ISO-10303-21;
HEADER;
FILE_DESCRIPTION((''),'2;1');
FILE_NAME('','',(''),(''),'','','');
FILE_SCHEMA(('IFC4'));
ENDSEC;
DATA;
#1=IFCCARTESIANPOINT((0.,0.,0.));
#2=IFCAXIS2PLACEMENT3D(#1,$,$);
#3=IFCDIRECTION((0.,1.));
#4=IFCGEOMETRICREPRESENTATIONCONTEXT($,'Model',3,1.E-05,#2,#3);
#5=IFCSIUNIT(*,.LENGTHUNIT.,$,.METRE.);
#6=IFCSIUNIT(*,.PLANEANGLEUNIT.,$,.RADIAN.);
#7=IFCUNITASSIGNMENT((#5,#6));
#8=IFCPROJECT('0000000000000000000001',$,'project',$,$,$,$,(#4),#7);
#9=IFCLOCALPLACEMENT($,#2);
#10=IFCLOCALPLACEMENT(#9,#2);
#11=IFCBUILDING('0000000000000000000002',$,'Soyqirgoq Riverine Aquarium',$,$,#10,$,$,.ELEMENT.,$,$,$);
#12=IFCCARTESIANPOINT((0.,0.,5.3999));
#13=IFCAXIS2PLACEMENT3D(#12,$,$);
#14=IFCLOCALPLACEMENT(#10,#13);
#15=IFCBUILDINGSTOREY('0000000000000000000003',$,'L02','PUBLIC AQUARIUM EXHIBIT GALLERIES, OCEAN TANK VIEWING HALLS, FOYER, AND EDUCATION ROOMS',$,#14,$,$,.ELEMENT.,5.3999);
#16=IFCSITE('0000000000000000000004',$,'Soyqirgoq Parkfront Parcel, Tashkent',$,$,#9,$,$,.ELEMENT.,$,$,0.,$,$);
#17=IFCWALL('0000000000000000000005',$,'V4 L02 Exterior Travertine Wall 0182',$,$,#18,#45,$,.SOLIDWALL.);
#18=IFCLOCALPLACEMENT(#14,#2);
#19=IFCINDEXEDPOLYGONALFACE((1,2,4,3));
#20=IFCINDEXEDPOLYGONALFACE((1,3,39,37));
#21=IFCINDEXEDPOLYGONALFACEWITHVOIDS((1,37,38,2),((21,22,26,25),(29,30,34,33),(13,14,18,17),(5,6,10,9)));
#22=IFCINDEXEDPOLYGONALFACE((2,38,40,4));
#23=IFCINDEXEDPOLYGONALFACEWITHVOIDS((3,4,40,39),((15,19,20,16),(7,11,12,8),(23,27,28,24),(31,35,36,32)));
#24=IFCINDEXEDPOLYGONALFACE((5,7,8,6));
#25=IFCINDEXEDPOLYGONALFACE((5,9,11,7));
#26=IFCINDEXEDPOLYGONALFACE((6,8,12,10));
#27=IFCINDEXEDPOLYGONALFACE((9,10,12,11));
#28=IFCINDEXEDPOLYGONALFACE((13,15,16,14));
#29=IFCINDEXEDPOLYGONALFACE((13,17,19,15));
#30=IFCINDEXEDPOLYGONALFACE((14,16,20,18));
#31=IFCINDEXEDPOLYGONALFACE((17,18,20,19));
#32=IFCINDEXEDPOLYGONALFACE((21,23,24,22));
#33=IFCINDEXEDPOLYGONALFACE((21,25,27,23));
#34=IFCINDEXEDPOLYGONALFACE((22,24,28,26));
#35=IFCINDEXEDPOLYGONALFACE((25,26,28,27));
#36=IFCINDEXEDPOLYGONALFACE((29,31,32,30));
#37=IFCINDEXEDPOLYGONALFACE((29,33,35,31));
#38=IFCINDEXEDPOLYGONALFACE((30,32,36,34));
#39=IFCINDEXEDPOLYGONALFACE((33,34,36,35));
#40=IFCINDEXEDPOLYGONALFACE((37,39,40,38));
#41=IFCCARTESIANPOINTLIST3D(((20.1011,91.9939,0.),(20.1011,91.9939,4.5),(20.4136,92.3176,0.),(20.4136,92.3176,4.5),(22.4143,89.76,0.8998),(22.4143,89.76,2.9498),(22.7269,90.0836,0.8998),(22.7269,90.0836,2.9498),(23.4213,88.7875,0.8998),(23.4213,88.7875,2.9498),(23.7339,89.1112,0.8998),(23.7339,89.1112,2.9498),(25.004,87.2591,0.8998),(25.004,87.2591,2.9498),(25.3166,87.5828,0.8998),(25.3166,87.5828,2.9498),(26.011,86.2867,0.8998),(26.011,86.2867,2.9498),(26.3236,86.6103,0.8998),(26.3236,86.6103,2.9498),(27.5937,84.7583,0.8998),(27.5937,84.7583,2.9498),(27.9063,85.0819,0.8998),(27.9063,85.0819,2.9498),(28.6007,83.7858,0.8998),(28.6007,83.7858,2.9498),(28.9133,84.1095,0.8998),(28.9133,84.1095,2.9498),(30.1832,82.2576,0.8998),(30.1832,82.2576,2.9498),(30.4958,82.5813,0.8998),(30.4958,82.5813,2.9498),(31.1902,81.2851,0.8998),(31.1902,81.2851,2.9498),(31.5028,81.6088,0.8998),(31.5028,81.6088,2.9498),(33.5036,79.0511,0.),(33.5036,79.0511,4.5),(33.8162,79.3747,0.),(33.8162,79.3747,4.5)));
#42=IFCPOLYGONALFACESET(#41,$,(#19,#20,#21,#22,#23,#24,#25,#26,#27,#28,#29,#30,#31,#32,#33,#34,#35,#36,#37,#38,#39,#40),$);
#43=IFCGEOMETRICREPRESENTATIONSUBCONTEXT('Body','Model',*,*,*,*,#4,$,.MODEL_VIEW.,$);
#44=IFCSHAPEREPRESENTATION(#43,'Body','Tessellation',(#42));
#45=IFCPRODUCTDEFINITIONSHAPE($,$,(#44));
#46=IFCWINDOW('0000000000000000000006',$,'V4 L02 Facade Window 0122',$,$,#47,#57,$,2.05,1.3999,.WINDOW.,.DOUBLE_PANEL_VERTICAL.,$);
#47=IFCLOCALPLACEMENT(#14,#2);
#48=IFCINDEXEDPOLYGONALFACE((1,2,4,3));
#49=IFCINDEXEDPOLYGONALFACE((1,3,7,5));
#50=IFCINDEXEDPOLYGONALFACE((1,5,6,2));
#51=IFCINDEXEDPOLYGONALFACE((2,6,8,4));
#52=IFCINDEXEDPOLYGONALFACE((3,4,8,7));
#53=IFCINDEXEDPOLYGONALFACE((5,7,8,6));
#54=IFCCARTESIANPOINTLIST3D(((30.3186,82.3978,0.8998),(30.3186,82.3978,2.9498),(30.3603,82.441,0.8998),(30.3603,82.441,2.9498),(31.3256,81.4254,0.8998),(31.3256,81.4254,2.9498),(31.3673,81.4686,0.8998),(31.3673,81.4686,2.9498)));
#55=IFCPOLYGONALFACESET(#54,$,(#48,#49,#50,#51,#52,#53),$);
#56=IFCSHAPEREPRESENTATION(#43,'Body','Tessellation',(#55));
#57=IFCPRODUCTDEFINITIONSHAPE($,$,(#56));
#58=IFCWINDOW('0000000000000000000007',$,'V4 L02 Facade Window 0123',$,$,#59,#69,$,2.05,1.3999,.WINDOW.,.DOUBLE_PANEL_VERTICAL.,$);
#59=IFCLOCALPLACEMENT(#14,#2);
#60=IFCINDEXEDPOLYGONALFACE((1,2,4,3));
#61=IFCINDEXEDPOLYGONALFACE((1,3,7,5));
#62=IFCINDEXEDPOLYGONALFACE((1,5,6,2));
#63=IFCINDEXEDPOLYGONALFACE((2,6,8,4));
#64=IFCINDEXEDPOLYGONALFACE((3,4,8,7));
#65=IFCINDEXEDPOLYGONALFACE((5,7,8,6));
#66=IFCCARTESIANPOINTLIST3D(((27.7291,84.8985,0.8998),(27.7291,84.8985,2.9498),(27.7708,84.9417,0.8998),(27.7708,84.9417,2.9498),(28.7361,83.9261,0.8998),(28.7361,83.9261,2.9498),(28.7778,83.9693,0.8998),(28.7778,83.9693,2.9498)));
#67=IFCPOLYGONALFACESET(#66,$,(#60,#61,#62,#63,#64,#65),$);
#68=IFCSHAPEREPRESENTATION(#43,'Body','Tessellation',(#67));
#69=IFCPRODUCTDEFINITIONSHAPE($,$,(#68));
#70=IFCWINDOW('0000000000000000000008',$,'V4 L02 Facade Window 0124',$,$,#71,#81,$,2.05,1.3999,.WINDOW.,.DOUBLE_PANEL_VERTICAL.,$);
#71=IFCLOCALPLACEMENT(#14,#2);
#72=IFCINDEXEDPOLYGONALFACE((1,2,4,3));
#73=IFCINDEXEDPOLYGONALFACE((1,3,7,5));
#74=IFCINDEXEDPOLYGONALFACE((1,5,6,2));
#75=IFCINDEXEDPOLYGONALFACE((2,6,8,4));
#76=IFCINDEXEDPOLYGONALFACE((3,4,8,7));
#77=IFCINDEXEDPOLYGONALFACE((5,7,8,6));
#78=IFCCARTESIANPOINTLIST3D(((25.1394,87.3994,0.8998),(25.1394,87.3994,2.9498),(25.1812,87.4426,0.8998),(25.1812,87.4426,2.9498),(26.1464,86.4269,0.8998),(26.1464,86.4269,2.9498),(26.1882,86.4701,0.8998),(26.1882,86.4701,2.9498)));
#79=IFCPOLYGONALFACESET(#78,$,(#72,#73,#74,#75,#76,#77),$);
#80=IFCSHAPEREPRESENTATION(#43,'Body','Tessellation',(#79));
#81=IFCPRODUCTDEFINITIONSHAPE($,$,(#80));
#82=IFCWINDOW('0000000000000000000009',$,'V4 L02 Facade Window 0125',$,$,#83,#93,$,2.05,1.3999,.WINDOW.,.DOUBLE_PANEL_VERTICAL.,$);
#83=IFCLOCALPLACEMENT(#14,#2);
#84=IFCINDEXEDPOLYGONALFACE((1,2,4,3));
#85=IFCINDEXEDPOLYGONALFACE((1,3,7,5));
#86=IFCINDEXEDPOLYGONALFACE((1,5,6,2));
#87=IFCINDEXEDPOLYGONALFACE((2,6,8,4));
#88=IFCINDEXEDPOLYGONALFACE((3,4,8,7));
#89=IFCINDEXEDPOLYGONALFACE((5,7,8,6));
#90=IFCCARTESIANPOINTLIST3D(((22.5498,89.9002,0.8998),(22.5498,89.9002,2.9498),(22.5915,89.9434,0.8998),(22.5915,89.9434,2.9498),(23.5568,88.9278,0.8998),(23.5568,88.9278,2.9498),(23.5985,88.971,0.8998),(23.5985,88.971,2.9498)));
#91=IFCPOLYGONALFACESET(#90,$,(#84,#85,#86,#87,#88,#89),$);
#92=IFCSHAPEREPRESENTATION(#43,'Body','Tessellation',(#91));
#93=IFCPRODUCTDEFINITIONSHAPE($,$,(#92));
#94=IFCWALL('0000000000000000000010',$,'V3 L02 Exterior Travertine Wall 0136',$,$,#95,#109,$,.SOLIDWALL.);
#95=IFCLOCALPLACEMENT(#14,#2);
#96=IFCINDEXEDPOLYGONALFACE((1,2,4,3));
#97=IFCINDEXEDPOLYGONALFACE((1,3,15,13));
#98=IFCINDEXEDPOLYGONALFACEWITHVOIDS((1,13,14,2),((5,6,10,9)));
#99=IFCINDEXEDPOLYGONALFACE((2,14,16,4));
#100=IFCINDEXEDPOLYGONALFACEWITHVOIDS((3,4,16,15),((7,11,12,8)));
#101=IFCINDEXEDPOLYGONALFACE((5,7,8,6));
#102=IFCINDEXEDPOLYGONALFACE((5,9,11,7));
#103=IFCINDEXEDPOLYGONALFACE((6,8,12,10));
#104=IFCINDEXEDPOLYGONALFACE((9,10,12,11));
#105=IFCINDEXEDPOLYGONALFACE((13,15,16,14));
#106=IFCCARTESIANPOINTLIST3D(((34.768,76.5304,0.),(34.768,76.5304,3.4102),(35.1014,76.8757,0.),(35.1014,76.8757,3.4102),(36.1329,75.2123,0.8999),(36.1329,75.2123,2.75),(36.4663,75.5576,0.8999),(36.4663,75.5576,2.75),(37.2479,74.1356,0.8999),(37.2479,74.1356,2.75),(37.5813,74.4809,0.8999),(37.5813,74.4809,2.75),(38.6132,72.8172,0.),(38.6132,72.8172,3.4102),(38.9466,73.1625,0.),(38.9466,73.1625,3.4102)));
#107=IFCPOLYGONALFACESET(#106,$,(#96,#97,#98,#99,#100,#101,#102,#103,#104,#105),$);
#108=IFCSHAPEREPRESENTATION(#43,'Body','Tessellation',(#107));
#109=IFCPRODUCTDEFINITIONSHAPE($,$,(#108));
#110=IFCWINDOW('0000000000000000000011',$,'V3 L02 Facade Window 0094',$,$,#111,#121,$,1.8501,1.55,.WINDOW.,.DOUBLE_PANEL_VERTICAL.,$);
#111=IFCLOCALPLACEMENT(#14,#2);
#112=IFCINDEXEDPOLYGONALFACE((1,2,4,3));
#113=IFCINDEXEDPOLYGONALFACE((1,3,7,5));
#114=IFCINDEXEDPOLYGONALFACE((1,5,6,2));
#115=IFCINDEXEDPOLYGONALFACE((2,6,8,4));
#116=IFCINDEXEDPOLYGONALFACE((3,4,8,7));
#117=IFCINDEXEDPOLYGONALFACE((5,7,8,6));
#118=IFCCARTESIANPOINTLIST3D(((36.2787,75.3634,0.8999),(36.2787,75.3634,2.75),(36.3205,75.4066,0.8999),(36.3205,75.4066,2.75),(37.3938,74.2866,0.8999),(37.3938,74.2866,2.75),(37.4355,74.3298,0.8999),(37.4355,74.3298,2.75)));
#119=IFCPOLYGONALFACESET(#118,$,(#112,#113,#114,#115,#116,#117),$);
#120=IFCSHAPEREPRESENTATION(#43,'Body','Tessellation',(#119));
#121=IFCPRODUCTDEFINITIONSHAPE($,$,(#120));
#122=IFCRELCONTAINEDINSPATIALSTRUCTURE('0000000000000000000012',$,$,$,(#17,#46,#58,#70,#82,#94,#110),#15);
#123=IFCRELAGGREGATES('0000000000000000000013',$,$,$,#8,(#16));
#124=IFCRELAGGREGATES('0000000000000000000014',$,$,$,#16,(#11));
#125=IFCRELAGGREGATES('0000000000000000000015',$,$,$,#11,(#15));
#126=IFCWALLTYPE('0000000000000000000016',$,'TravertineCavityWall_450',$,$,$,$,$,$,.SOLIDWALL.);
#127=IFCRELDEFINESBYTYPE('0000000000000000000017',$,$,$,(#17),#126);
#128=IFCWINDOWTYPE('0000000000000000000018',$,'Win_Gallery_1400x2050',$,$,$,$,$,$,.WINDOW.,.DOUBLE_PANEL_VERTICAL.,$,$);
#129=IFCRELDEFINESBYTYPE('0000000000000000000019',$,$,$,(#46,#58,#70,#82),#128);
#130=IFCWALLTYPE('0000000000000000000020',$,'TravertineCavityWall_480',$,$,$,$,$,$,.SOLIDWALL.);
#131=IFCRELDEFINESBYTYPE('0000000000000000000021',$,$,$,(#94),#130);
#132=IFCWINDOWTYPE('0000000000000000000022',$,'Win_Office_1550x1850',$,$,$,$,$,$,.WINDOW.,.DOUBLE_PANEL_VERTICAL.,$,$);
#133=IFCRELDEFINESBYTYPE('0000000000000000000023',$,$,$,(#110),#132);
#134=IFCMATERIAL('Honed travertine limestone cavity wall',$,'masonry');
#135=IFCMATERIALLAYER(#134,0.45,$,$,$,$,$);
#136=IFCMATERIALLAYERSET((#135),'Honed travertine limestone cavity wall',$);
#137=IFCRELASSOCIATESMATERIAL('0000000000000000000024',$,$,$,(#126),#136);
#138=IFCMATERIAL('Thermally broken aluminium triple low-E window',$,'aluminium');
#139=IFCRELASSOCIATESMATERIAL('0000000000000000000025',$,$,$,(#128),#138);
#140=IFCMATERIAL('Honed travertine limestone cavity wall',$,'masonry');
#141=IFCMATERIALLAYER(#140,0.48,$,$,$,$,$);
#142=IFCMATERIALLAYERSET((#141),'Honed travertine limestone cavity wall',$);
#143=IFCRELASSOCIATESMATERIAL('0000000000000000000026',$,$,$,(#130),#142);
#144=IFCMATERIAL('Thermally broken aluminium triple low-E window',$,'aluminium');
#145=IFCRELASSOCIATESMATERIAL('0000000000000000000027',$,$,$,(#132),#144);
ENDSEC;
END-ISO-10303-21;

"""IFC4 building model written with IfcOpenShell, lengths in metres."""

from ifc_helpers import new_model, si_unit, direction, frame, frame_2d, origin, place, context, subcontext, project, spatial, rectangle, extrude, material, layer, layer_set, type_object, element, fill, save


model = new_model("IFC4")

# Units and contexts
model_context = context("Model", 3, precision=1e-05, world=origin(), true_north=direction((0.0, 1.0)))
body_context = subcontext(model_context, "Body", "Model", "MODEL_VIEW")
ifc_project = project(units=[si_unit("LENGTHUNIT", "METRE"), si_unit("PLANEANGLEUNIT", "RADIAN")], contexts=[model_context])

# Site, building, storey
site_placement = place(None, origin())
site = spatial("IfcSite", under=ifc_project, at=site_placement, Name="Soyqirgoq Parkfront Parcel, Tashkent", CompositionType="ELEMENT", RefElevation=0.0)
building_placement = place(site_placement, origin())
building = spatial("IfcBuilding", under=site, at=building_placement, Name="Soyqirgoq Riverine Aquarium", CompositionType="ELEMENT")
storey_placement = place(building_placement, frame((0.0, 0.0, 5.3999)))
storey = spatial("IfcBuildingStorey", under=building, at=storey_placement, Name="L02", Description="PUBLIC AQUARIUM EXHIBIT GALLERIES, OCEAN TANK VIEWING HALLS, FOYER, AND EDUCATION ROOMS", CompositionType="ELEMENT", Elevation=5.3999)

# Wall, openings, windows
ifc_material_1 = material(Name="Honed travertine limestone cavity wall", Category="masonry")
ifc_layer_1 = layer(ifc_material_1, 0.45)
ifc_layer_set_1 = layer_set([ifc_layer_1], Name="Honed travertine limestone cavity wall")
wall_type_1 = type_object("IfcWallType", Name="TravertineCavityWall_450", PredefinedType="SOLIDWALL", material=ifc_layer_set_1)
wall_1_placement = place(storey_placement, frame((33.6599, 79.2129, 0.0), z_axis=(0.0, 0.0, 1.0), x_axis=(-0.719336, 0.694662, 0.0)))
wall_1 = element("IfcWall", 1, at=wall_1_placement, inside=storey, type_object=wall_type_1, Name="V4 L02 Exterior Travertine Wall 0182", PredefinedType="SOLIDWALL", context=body_context, shape_type="SweptSolid", body=[
    extrude(rectangle(XDim=18.6318, YDim=0.45, at=frame_2d((9.3159, 0.0))), origin(), (0.0, 0.0, 1.0), 4.5),
])
opening_1_placement = place(wall_1_placement, frame((3.2161, 0.0, 0.8999)))
opening_1 = element("IfcOpeningElement", 2, at=opening_1_placement, cuts=wall_1, PredefinedType="OPENING", context=body_context, shape_type="SweptSolid", body=[
    extrude(rectangle(XDim=1.3999, YDim=2.05, at=frame_2d((0.7, 1.0249))), frame((0.0, 0.2349, 0.0), z_axis=(0.0, -1.0, 0.0), x_axis=(1.0, 0.0, 0.0)), (0.0, 0.0, 1.0), 0.47),
])
opening_2_placement = place(wall_1_placement, frame((6.8159, 0.0, 0.8999)))
opening_2 = element("IfcOpeningElement", 3, at=opening_2_placement, cuts=wall_1, PredefinedType="OPENING", context=body_context, shape_type="SweptSolid", body=[
    extrude(rectangle(XDim=1.3999, YDim=2.05, at=frame_2d((0.7, 1.0249))), frame((0.0, 0.2349, 0.0), z_axis=(0.0, -1.0, 0.0), x_axis=(1.0, 0.0, 0.0)), (0.0, 0.0, 1.0), 0.47),
])
opening_3_placement = place(wall_1_placement, frame((10.416, 0.0, 0.8999)))
opening_3 = element("IfcOpeningElement", 4, at=opening_3_placement, cuts=wall_1, PredefinedType="OPENING", context=body_context, shape_type="SweptSolid", body=[
    extrude(rectangle(XDim=1.3999, YDim=2.05, at=frame_2d((0.7, 1.0249))), frame((0.0, 0.2349, 0.0), z_axis=(0.0, -1.0, 0.0), x_axis=(1.0, 0.0, 0.0)), (0.0, 0.0, 1.0), 0.47),
])
opening_4_placement = place(wall_1_placement, frame((14.0161, 0.0, 0.8999)))
opening_4 = element("IfcOpeningElement", 5, at=opening_4_placement, cuts=wall_1, PredefinedType="OPENING", context=body_context, shape_type="SweptSolid", body=[
    extrude(rectangle(XDim=1.3999, YDim=2.05, at=frame_2d((0.7, 1.0249))), frame((0.0, 0.2349, 0.0), z_axis=(0.0, -1.0, 0.0), x_axis=(1.0, 0.0, 0.0)), (0.0, 0.0, 1.0), 0.47),
])
ifc_material_2 = material(Name="Thermally broken aluminium triple low-E window", Category="aluminium")
window_type_1 = type_object("IfcWindowType", Name="Win_Gallery_1400x2050", PartitioningType="DOUBLE_PANEL_VERTICAL", PredefinedType="WINDOW", material=ifc_material_2)
window_1_placement = place(opening_1_placement, origin())
window_1 = element("IfcWindow", 6, at=window_1_placement, inside=storey, type_object=window_type_1, Name="V4 L02 Facade Window 0122", OverallHeight=2.05, OverallWidth=1.3999, PartitioningType="DOUBLE_PANEL_VERTICAL", PredefinedType="WINDOW", context=body_context, shape_type="SweptSolid", body=[
    extrude(rectangle(XDim=1.3999, YDim=2.05, at=frame_2d((0.7, 1.0249))), frame((0.0, 0.03, 0.0), z_axis=(0.0, -1.0, 0.0), x_axis=(1.0, 0.0, 0.0)), (0.0, 0.0, 1.0), 0.0601),
])
fill(opening_1, window_1)
window_2_placement = place(opening_2_placement, origin())
window_2 = element("IfcWindow", 7, at=window_2_placement, inside=storey, type_object=window_type_1, Name="V4 L02 Facade Window 0123", OverallHeight=2.05, OverallWidth=1.3999, PartitioningType="DOUBLE_PANEL_VERTICAL", PredefinedType="WINDOW", context=body_context, shape_type="SweptSolid", body=[
    extrude(rectangle(XDim=1.3999, YDim=2.05, at=frame_2d((0.7, 1.0249))), frame((0.0, 0.03, 0.0), z_axis=(0.0, -1.0, 0.0), x_axis=(1.0, 0.0, 0.0)), (0.0, 0.0, 1.0), 0.0601),
])
fill(opening_2, window_2)
window_3_placement = place(opening_3_placement, origin())
window_3 = element("IfcWindow", 8, at=window_3_placement, inside=storey, type_object=window_type_1, Name="V4 L02 Facade Window 0124", OverallHeight=2.05, OverallWidth=1.3999, PartitioningType="DOUBLE_PANEL_VERTICAL", PredefinedType="WINDOW", context=body_context, shape_type="SweptSolid", body=[
    extrude(rectangle(XDim=1.3999, YDim=2.05, at=frame_2d((0.7, 1.0249))), frame((0.0, 0.03, 0.0), z_axis=(0.0, -1.0, 0.0), x_axis=(1.0, 0.0, 0.0)), (0.0, 0.0, 1.0), 0.0601),
])
fill(opening_3, window_3)
window_4_placement = place(opening_4_placement, origin())
window_4 = element("IfcWindow", 9, at=window_4_placement, inside=storey, type_object=window_type_1, Name="V4 L02 Facade Window 0125", OverallHeight=2.05, OverallWidth=1.3999, PartitioningType="DOUBLE_PANEL_VERTICAL", PredefinedType="WINDOW", context=body_context, shape_type="SweptSolid", body=[
    extrude(rectangle(XDim=1.3999, YDim=2.05, at=frame_2d((0.7, 1.0249))), frame((0.0, 0.03, 0.0), z_axis=(0.0, -1.0, 0.0), x_axis=(1.0, 0.0, 0.0)), (0.0, 0.0, 1.0), 0.0601),
])
fill(opening_4, window_4)

# Wall, opening, window
ifc_material_3 = material(Name="Honed travertine limestone cavity wall", Category="masonry")
ifc_layer_2 = layer(ifc_material_3, 0.48)
ifc_layer_set_2 = layer_set([ifc_layer_2], Name="Honed travertine limestone cavity wall")
wall_type_2 = type_object("IfcWallType", Name="TravertineCavityWall_480", PredefinedType="SOLIDWALL", material=ifc_layer_set_2)
wall_2_placement = place(storey_placement, frame((34.9346, 76.7031, 0.0), z_axis=(0.0, 0.0, 1.0), x_axis=(0.719353, -0.694644, 0.0)))
wall_2 = element("IfcWall", 10, at=wall_2_placement, inside=storey, type_object=wall_type_2, Name="V3 L02 Exterior Travertine Wall 0136", PredefinedType="SOLIDWALL", context=body_context, shape_type="SweptSolid", body=[
    extrude(rectangle(XDim=5.3455, YDim=0.48, at=frame_2d((2.6729, 0.0))), origin(), (0.0, 0.0, 1.0), 3.4102),
])
opening_5_placement = place(wall_2_placement, frame((1.8977, 0.0, 0.8999)))
opening_5 = element("IfcOpeningElement", 11, at=opening_5_placement, cuts=wall_2, PredefinedType="OPENING", context=body_context, shape_type="SweptSolid", body=[
    extrude(rectangle(XDim=1.55, YDim=1.8501, at=frame_2d((0.7749, 0.925))), frame((0.0, 0.25, 0.0), z_axis=(0.0, -1.0, 0.0), x_axis=(1.0, 0.0, 0.0)), (0.0, 0.0, 1.0), 0.5),
])
ifc_material_4 = material(Name="Thermally broken aluminium triple low-E window", Category="aluminium")
window_type_2 = type_object("IfcWindowType", Name="Win_Office_1550x1850", PartitioningType="DOUBLE_PANEL_VERTICAL", PredefinedType="WINDOW", material=ifc_material_4)
window_5_placement = place(opening_5_placement, origin())
window_5 = element("IfcWindow", 12, at=window_5_placement, inside=storey, type_object=window_type_2, Name="V3 L02 Facade Window 0094", OverallHeight=1.8501, OverallWidth=1.55, PartitioningType="DOUBLE_PANEL_VERTICAL", PredefinedType="WINDOW", context=body_context, shape_type="SweptSolid", body=[
    extrude(rectangle(XDim=1.55, YDim=1.8501, at=frame_2d((0.7749, 0.925))), frame((0.0, 0.03, 0.0), z_axis=(0.0, -1.0, 0.0), x_axis=(1.0, 0.0, 0.0)), (0.0, 0.0, 1.0), 0.0601),
])
fill(opening_5, window_5)

save(model, "model.ifc")
